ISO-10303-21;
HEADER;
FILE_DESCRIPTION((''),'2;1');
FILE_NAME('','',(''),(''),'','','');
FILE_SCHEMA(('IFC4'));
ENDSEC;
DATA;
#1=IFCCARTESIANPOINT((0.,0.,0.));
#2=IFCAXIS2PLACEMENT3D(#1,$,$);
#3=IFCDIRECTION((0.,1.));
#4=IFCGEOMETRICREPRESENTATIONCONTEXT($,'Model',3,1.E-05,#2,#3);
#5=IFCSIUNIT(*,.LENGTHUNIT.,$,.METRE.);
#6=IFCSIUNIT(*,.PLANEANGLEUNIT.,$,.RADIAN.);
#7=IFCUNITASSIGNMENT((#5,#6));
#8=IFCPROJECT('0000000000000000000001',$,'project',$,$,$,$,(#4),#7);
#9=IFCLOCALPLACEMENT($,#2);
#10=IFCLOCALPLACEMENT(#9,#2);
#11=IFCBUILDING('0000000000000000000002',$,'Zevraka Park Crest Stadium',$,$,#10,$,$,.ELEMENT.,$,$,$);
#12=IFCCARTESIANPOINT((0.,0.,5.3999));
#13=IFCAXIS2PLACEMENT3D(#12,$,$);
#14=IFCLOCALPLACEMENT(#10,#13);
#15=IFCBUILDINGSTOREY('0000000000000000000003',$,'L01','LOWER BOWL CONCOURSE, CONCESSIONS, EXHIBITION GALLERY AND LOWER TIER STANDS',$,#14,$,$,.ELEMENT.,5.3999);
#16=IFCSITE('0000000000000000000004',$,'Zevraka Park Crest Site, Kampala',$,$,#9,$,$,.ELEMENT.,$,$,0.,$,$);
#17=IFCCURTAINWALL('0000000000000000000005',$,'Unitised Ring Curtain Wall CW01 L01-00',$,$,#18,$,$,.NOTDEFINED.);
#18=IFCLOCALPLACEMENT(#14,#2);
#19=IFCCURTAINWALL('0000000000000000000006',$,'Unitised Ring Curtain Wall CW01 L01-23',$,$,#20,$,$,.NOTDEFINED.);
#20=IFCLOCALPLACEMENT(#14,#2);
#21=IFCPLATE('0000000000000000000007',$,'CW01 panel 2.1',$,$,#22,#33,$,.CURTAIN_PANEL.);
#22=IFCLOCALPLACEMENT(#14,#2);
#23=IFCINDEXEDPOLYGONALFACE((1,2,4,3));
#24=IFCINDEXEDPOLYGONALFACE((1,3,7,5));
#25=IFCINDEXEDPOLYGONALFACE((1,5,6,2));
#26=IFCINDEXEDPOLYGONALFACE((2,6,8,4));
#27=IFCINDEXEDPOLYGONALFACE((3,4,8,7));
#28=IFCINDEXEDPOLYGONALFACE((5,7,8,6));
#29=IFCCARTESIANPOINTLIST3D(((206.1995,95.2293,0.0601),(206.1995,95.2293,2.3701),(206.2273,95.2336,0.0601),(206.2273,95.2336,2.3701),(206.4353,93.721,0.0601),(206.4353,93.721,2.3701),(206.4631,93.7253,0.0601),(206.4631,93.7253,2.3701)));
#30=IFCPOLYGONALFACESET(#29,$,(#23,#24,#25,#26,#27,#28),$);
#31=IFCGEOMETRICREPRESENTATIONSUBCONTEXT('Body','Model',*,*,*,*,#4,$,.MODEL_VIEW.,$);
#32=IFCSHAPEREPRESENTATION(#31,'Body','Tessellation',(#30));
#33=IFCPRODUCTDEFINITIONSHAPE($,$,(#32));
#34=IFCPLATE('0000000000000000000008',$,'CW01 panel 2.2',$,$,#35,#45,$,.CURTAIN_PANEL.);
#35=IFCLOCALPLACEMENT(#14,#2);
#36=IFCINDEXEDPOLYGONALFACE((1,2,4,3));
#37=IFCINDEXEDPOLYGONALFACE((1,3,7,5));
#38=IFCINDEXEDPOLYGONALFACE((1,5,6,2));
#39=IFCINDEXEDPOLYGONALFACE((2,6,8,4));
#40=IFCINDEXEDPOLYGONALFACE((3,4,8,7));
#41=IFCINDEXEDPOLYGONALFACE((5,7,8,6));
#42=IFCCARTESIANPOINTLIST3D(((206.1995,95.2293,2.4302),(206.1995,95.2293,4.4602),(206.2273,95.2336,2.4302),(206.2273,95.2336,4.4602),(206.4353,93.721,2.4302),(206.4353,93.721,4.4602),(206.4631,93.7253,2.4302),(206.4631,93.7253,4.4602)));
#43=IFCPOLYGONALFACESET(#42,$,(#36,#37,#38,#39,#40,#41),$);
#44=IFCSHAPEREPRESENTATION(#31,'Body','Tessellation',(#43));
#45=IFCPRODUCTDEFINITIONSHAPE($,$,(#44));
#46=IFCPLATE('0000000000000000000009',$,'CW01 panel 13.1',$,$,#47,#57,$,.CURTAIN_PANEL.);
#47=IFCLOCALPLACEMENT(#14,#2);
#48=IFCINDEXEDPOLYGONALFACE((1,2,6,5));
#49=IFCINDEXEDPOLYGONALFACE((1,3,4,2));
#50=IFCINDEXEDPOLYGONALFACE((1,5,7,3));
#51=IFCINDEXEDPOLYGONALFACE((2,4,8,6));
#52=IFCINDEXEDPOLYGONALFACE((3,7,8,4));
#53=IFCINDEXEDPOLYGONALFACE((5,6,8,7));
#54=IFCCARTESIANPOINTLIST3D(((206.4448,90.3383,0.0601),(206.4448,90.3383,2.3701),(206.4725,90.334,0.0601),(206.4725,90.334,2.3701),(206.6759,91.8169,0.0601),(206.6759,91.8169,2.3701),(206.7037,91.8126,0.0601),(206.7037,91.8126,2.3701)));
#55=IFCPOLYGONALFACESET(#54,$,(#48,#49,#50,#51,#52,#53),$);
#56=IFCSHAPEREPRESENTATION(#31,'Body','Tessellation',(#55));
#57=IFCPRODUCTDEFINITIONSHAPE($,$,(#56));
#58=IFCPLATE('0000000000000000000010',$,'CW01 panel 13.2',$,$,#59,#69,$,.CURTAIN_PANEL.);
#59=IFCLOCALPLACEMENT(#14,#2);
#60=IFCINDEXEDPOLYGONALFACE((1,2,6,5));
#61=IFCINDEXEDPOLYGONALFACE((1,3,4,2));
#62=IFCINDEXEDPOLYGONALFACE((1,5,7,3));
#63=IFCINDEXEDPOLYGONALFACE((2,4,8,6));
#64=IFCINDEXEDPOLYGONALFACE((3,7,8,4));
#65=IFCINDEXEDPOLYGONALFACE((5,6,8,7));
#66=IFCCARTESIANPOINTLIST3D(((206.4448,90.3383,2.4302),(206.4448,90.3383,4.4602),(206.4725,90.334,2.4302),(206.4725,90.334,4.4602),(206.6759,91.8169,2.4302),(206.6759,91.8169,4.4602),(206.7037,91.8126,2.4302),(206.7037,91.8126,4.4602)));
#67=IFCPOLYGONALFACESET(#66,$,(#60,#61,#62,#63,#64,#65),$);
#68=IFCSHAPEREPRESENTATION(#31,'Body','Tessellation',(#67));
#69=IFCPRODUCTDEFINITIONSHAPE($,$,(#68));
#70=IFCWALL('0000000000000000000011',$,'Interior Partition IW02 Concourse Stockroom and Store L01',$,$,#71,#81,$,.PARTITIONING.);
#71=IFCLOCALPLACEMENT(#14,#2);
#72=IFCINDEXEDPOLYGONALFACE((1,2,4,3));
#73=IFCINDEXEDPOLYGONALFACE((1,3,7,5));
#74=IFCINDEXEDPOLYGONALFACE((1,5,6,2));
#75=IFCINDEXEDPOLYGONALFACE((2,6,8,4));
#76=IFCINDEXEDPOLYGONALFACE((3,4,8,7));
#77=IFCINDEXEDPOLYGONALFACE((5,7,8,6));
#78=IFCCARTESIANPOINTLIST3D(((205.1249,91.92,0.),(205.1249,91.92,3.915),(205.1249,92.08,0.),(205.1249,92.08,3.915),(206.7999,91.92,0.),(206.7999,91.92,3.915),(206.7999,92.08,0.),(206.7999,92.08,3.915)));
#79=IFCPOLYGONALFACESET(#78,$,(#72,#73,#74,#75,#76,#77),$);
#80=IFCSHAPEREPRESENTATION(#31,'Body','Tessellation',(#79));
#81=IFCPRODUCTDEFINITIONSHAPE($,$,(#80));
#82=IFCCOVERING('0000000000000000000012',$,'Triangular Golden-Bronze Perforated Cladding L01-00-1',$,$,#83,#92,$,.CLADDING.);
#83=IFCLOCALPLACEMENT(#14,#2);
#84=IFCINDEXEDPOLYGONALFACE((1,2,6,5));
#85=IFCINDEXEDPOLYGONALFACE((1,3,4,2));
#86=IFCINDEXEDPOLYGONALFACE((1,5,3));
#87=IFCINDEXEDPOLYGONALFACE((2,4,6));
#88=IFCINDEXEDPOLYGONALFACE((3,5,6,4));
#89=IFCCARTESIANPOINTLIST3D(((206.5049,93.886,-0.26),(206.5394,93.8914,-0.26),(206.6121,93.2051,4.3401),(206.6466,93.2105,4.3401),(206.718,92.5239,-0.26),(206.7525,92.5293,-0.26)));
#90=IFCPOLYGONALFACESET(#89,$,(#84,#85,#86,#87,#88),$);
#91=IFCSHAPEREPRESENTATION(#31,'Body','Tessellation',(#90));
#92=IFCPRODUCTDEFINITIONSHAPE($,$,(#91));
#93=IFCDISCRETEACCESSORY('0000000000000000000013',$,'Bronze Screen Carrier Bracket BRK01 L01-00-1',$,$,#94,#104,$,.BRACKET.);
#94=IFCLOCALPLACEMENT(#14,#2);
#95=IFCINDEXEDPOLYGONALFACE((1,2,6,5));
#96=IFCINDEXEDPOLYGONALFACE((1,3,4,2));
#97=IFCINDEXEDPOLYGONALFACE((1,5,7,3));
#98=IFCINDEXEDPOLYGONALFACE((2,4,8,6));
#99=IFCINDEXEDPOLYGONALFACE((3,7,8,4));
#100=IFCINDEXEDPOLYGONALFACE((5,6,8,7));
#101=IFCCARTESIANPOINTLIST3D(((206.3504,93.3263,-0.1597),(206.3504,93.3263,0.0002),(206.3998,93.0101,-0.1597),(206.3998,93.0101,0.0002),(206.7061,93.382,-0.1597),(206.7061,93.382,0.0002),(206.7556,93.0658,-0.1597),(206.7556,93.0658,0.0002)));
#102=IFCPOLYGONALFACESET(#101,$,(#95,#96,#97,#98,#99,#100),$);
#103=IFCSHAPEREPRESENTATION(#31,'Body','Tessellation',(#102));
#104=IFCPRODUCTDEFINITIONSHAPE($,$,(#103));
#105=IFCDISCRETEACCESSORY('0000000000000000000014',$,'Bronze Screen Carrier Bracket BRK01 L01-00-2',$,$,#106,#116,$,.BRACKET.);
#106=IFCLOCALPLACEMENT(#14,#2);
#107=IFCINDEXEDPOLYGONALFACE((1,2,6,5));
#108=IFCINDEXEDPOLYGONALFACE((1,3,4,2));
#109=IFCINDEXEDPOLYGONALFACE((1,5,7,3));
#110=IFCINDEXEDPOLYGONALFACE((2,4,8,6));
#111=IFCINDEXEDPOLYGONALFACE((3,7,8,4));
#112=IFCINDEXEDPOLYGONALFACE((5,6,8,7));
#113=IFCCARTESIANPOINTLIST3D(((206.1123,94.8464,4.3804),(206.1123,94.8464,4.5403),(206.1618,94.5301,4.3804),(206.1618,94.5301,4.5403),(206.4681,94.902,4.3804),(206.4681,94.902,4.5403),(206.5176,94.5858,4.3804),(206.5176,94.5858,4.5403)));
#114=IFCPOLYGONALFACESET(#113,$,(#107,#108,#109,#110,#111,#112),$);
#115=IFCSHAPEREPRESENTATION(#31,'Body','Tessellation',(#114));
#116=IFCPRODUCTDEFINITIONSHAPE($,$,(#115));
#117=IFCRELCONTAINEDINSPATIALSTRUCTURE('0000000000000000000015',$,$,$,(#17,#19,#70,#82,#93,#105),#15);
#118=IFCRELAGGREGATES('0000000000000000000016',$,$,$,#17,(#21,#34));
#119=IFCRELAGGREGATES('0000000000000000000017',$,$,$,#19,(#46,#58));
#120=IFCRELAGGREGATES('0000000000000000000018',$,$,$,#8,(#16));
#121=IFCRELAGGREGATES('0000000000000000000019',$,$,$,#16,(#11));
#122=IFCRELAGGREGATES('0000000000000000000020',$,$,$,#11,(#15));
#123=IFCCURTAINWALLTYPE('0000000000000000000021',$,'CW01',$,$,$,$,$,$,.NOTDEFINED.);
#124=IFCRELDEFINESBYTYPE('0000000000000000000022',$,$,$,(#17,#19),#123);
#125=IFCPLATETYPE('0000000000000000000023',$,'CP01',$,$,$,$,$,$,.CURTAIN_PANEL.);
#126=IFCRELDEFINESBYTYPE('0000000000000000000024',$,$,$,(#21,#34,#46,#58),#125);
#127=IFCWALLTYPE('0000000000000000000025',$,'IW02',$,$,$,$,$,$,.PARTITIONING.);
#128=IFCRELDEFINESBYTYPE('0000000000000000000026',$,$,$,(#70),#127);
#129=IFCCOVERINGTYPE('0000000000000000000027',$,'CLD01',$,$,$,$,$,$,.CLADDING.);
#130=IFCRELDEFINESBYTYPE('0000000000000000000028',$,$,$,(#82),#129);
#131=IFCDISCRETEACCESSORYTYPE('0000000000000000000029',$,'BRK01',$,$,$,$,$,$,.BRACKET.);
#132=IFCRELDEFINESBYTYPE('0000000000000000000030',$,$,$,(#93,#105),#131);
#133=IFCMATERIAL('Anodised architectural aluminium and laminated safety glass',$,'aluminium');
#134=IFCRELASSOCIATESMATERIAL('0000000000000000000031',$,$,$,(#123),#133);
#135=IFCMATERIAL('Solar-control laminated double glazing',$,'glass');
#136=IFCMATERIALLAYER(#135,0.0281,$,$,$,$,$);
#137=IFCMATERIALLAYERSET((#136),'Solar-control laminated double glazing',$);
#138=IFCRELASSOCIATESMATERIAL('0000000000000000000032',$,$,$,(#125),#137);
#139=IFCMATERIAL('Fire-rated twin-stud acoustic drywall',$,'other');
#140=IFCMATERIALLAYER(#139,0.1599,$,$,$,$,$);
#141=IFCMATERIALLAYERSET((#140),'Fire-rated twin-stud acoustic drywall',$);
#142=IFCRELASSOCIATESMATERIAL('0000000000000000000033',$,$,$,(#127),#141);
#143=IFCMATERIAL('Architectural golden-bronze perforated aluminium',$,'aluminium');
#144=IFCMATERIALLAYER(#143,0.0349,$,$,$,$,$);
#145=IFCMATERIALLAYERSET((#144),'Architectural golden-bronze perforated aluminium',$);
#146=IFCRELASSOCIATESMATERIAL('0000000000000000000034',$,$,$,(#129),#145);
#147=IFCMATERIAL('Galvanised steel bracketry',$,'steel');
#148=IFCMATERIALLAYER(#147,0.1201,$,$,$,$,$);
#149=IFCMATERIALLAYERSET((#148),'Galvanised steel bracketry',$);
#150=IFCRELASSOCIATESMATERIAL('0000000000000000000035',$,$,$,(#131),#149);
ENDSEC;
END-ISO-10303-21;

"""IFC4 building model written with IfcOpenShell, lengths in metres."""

from ifc_helpers import new_model, si_unit, direction, frame, frame_2d, origin, origin_2d, place, context, subcontext, project, spatial, polyline, rectangle, outline, extrude, material, layer, layer_set, type_object, element, aggregate, save


model = new_model("IFC4")

# Units and contexts
model_context = context("Model", 3, precision=1e-05, world=origin(), true_north=direction((0.0, 1.0)))
body_context = subcontext(model_context, "Body", "Model", "MODEL_VIEW")
ifc_project = project(units=[si_unit("LENGTHUNIT", "METRE"), si_unit("PLANEANGLEUNIT", "RADIAN")], contexts=[model_context])

# Site, building, storey
site_placement = place(None, origin())
site = spatial("IfcSite", under=ifc_project, at=site_placement, Name="Zevraka Park Crest Site, Kampala", CompositionType="ELEMENT", RefElevation=0.0)
building_placement = place(site_placement, origin())
building = spatial("IfcBuilding", under=site, at=building_placement, Name="Zevraka Park Crest Stadium", CompositionType="ELEMENT")
storey_placement = place(building_placement, frame((0.0, 0.0, 5.3999)))
storey = spatial("IfcBuildingStorey", under=building, at=storey_placement, Name="L01", Description="LOWER BOWL CONCOURSE, CONCESSIONS, EXHIBITION GALLERY AND LOWER TIER STANDS", CompositionType="ELEMENT", Elevation=5.3999)

# Curtain wall
ifc_material_1 = material(Name="Anodised architectural aluminium and laminated safety glass", Category="aluminium")
curtain_wall_type = type_object("IfcCurtainWallType", Name="CW01", PredefinedType="NOTDEFINED", material=ifc_material_1)
curtain_wall_1_placement = place(storey_placement, origin())
curtain_wall_1 = element("IfcCurtainWall", 1, at=curtain_wall_1_placement, inside=storey, type_object=curtain_wall_type, Name="Unitised Ring Curtain Wall CW01 L01-00", PredefinedType="NOTDEFINED")

# Curtain wall
curtain_wall_2_placement = place(storey_placement, origin())
curtain_wall_2 = element("IfcCurtainWall", 2, at=curtain_wall_2_placement, inside=storey, type_object=curtain_wall_type, Name="Unitised Ring Curtain Wall CW01 L01-23", PredefinedType="NOTDEFINED")

# Plates
ifc_material_2 = material(Name="Solar-control laminated double glazing", Category="glass")
ifc_layer_1 = layer(ifc_material_2, 0.0281)
ifc_layer_set_1 = layer_set([ifc_layer_1], Name="Solar-control laminated double glazing")
plate_type = type_object("IfcPlateType", Name="CP01", PredefinedType="CURTAIN_PANEL", material=ifc_layer_set_1)
plate_1_placement = place(storey_placement, frame((206.3313, 94.4773, 0.0601), z_axis=(0.0, 0.0, 1.0), x_axis=(-0.154476, 0.987997, 0.0)))
plate_1 = element("IfcPlate", 3, at=plate_1_placement, type_object=plate_type, Name="CW01 panel 2.1", PredefinedType="CURTAIN_PANEL", context=body_context, shape_type="SweptSolid", body=[
    extrude(rectangle(XDim=1.5266, YDim=0.0281, at=origin_2d()), origin(), (0.0, 0.0, 1.0), 2.3101),
])
plate_2_placement = place(storey_placement, frame((206.3313, 94.4773, 2.4302), z_axis=(0.0, 0.0, 1.0), x_axis=(-0.154476, 0.987997, 0.0)))
plate_2 = element("IfcPlate", 4, at=plate_2_placement, type_object=plate_type, Name="CW01 panel 2.2", PredefinedType="CURTAIN_PANEL", context=body_context, shape_type="SweptSolid", body=[
    extrude(rectangle(XDim=1.5266, YDim=0.0281, at=origin_2d()), origin(), (0.0, 0.0, 1.0), 2.03),
])
aggregate(curtain_wall_1, [plate_1, plate_2])
plate_3_placement = place(storey_placement, frame((206.5742, 91.0754, 0.0601), z_axis=(0.0, 0.0, 1.0), x_axis=(0.154476, 0.987997, 0.0)))
plate_3 = element("IfcPlate", 5, at=plate_3_placement, type_object=plate_type, Name="CW01 panel 13.1", PredefinedType="CURTAIN_PANEL", context=body_context, shape_type="SweptSolid", body=[
    extrude(rectangle(XDim=1.4966, YDim=0.0281, at=origin_2d()), origin(), (0.0, 0.0, 1.0), 2.3101),
])
plate_4_placement = place(storey_placement, frame((206.5742, 91.0754, 2.4302), z_axis=(0.0, 0.0, 1.0), x_axis=(0.154476, 0.987997, 0.0)))
plate_4 = element("IfcPlate", 6, at=plate_4_placement, type_object=plate_type, Name="CW01 panel 13.2", PredefinedType="CURTAIN_PANEL", context=body_context, shape_type="SweptSolid", body=[
    extrude(rectangle(XDim=1.4966, YDim=0.0281, at=origin_2d()), origin(), (0.0, 0.0, 1.0), 2.03),
])
aggregate(curtain_wall_2, [plate_3, plate_4])

# Wall
ifc_material_3 = material(Name="Fire-rated twin-stud acoustic drywall", Category="other")
ifc_layer_2 = layer(ifc_material_3, 0.1599)
ifc_layer_set_2 = layer_set([ifc_layer_2], Name="Fire-rated twin-stud acoustic drywall")
wall_type = type_object("IfcWallType", Name="IW02", PredefinedType="PARTITIONING", material=ifc_layer_set_2)
wall_placement = place(storey_placement, frame((205.125, 92.0, 0.0), z_axis=(0.0, 0.0, 1.0), x_axis=(1.0, 0.0, 0.0)))
element("IfcWall", 7, at=wall_placement, inside=storey, type_object=wall_type, Name="Interior Partition IW02 Concourse Stockroom and Store L01", PredefinedType="PARTITIONING", context=body_context, shape_type="SweptSolid", body=[
    extrude(rectangle(XDim=1.675, YDim=0.1599, at=frame_2d((0.8374, 0.0))), origin(), (0.0, 0.0, 1.0), 3.915),
])

# Covering
ifc_material_4 = material(Name="Architectural golden-bronze perforated aluminium", Category="aluminium")
ifc_layer_3 = layer(ifc_material_4, 0.0349)
ifc_layer_set_3 = layer_set([ifc_layer_3], Name="Architectural golden-bronze perforated aluminium")
covering_type = type_object("IfcCoveringType", Name="CLD01", PredefinedType="CLADDING", material=ifc_layer_set_3)
covering_placement = place(storey_placement, frame((206.718, 92.5239, -0.26), z_axis=(-0.987977, -0.154598, 0.000135), x_axis=(-0.154598, 0.987977, 0.0)))
element("IfcCovering", 8, at=covering_placement, inside=storey, type_object=covering_type, Name="Triangular Golden-Bronze Perforated Cladding L01-00-1", PredefinedType="CLADDING", context=body_context, shape_type="SweptSolid", body=[
    extrude(outline(polyline([(0.0, 0.0), (1.3786, 0.0), (0.6893, -4.6001), (0.0, 0.0)])), origin(), (0.0, 0.0, -1.0), 0.0349),
])

# Discrete accessories
ifc_material_5 = material(Name="Galvanised steel bracketry", Category="steel")
ifc_layer_4 = layer(ifc_material_5, 0.1201)
ifc_layer_set_4 = layer_set([ifc_layer_4], Name="Galvanised steel bracketry")
discrete_accessory_type = type_object("IfcDiscreteAccessoryType", Name="BRK01", PredefinedType="BRACKET", material=ifc_layer_set_4)
for number, where, z_axis, x_axis, name in (
    (9, (206.553, 93.196, -0.1597), (0.0, 0.0, 1.0), (-0.154538, 0.987987, 0.0), "Bronze Screen Carrier Bracket BRK01 L01-00-1"),
    (10, (206.3149, 94.7161, 4.3804), (0.0, 0.0, 1.0), (-0.154538, 0.987987, 0.0), "Bronze Screen Carrier Bracket BRK01 L01-00-2"),
):
    element("IfcDiscreteAccessory", number, at=place(storey_placement, frame(where, z_axis=z_axis, x_axis=x_axis)), inside=storey, type_object=discrete_accessory_type, Name=name, PredefinedType="BRACKET", context=body_context, shape_type="SweptSolid", body=[
        extrude(rectangle(XDim=0.3201, YDim=0.3601, at=origin_2d()), origin(), (0.0, 0.0, 1.0), 0.1599),
    ])

save(model, "model.ifc")
